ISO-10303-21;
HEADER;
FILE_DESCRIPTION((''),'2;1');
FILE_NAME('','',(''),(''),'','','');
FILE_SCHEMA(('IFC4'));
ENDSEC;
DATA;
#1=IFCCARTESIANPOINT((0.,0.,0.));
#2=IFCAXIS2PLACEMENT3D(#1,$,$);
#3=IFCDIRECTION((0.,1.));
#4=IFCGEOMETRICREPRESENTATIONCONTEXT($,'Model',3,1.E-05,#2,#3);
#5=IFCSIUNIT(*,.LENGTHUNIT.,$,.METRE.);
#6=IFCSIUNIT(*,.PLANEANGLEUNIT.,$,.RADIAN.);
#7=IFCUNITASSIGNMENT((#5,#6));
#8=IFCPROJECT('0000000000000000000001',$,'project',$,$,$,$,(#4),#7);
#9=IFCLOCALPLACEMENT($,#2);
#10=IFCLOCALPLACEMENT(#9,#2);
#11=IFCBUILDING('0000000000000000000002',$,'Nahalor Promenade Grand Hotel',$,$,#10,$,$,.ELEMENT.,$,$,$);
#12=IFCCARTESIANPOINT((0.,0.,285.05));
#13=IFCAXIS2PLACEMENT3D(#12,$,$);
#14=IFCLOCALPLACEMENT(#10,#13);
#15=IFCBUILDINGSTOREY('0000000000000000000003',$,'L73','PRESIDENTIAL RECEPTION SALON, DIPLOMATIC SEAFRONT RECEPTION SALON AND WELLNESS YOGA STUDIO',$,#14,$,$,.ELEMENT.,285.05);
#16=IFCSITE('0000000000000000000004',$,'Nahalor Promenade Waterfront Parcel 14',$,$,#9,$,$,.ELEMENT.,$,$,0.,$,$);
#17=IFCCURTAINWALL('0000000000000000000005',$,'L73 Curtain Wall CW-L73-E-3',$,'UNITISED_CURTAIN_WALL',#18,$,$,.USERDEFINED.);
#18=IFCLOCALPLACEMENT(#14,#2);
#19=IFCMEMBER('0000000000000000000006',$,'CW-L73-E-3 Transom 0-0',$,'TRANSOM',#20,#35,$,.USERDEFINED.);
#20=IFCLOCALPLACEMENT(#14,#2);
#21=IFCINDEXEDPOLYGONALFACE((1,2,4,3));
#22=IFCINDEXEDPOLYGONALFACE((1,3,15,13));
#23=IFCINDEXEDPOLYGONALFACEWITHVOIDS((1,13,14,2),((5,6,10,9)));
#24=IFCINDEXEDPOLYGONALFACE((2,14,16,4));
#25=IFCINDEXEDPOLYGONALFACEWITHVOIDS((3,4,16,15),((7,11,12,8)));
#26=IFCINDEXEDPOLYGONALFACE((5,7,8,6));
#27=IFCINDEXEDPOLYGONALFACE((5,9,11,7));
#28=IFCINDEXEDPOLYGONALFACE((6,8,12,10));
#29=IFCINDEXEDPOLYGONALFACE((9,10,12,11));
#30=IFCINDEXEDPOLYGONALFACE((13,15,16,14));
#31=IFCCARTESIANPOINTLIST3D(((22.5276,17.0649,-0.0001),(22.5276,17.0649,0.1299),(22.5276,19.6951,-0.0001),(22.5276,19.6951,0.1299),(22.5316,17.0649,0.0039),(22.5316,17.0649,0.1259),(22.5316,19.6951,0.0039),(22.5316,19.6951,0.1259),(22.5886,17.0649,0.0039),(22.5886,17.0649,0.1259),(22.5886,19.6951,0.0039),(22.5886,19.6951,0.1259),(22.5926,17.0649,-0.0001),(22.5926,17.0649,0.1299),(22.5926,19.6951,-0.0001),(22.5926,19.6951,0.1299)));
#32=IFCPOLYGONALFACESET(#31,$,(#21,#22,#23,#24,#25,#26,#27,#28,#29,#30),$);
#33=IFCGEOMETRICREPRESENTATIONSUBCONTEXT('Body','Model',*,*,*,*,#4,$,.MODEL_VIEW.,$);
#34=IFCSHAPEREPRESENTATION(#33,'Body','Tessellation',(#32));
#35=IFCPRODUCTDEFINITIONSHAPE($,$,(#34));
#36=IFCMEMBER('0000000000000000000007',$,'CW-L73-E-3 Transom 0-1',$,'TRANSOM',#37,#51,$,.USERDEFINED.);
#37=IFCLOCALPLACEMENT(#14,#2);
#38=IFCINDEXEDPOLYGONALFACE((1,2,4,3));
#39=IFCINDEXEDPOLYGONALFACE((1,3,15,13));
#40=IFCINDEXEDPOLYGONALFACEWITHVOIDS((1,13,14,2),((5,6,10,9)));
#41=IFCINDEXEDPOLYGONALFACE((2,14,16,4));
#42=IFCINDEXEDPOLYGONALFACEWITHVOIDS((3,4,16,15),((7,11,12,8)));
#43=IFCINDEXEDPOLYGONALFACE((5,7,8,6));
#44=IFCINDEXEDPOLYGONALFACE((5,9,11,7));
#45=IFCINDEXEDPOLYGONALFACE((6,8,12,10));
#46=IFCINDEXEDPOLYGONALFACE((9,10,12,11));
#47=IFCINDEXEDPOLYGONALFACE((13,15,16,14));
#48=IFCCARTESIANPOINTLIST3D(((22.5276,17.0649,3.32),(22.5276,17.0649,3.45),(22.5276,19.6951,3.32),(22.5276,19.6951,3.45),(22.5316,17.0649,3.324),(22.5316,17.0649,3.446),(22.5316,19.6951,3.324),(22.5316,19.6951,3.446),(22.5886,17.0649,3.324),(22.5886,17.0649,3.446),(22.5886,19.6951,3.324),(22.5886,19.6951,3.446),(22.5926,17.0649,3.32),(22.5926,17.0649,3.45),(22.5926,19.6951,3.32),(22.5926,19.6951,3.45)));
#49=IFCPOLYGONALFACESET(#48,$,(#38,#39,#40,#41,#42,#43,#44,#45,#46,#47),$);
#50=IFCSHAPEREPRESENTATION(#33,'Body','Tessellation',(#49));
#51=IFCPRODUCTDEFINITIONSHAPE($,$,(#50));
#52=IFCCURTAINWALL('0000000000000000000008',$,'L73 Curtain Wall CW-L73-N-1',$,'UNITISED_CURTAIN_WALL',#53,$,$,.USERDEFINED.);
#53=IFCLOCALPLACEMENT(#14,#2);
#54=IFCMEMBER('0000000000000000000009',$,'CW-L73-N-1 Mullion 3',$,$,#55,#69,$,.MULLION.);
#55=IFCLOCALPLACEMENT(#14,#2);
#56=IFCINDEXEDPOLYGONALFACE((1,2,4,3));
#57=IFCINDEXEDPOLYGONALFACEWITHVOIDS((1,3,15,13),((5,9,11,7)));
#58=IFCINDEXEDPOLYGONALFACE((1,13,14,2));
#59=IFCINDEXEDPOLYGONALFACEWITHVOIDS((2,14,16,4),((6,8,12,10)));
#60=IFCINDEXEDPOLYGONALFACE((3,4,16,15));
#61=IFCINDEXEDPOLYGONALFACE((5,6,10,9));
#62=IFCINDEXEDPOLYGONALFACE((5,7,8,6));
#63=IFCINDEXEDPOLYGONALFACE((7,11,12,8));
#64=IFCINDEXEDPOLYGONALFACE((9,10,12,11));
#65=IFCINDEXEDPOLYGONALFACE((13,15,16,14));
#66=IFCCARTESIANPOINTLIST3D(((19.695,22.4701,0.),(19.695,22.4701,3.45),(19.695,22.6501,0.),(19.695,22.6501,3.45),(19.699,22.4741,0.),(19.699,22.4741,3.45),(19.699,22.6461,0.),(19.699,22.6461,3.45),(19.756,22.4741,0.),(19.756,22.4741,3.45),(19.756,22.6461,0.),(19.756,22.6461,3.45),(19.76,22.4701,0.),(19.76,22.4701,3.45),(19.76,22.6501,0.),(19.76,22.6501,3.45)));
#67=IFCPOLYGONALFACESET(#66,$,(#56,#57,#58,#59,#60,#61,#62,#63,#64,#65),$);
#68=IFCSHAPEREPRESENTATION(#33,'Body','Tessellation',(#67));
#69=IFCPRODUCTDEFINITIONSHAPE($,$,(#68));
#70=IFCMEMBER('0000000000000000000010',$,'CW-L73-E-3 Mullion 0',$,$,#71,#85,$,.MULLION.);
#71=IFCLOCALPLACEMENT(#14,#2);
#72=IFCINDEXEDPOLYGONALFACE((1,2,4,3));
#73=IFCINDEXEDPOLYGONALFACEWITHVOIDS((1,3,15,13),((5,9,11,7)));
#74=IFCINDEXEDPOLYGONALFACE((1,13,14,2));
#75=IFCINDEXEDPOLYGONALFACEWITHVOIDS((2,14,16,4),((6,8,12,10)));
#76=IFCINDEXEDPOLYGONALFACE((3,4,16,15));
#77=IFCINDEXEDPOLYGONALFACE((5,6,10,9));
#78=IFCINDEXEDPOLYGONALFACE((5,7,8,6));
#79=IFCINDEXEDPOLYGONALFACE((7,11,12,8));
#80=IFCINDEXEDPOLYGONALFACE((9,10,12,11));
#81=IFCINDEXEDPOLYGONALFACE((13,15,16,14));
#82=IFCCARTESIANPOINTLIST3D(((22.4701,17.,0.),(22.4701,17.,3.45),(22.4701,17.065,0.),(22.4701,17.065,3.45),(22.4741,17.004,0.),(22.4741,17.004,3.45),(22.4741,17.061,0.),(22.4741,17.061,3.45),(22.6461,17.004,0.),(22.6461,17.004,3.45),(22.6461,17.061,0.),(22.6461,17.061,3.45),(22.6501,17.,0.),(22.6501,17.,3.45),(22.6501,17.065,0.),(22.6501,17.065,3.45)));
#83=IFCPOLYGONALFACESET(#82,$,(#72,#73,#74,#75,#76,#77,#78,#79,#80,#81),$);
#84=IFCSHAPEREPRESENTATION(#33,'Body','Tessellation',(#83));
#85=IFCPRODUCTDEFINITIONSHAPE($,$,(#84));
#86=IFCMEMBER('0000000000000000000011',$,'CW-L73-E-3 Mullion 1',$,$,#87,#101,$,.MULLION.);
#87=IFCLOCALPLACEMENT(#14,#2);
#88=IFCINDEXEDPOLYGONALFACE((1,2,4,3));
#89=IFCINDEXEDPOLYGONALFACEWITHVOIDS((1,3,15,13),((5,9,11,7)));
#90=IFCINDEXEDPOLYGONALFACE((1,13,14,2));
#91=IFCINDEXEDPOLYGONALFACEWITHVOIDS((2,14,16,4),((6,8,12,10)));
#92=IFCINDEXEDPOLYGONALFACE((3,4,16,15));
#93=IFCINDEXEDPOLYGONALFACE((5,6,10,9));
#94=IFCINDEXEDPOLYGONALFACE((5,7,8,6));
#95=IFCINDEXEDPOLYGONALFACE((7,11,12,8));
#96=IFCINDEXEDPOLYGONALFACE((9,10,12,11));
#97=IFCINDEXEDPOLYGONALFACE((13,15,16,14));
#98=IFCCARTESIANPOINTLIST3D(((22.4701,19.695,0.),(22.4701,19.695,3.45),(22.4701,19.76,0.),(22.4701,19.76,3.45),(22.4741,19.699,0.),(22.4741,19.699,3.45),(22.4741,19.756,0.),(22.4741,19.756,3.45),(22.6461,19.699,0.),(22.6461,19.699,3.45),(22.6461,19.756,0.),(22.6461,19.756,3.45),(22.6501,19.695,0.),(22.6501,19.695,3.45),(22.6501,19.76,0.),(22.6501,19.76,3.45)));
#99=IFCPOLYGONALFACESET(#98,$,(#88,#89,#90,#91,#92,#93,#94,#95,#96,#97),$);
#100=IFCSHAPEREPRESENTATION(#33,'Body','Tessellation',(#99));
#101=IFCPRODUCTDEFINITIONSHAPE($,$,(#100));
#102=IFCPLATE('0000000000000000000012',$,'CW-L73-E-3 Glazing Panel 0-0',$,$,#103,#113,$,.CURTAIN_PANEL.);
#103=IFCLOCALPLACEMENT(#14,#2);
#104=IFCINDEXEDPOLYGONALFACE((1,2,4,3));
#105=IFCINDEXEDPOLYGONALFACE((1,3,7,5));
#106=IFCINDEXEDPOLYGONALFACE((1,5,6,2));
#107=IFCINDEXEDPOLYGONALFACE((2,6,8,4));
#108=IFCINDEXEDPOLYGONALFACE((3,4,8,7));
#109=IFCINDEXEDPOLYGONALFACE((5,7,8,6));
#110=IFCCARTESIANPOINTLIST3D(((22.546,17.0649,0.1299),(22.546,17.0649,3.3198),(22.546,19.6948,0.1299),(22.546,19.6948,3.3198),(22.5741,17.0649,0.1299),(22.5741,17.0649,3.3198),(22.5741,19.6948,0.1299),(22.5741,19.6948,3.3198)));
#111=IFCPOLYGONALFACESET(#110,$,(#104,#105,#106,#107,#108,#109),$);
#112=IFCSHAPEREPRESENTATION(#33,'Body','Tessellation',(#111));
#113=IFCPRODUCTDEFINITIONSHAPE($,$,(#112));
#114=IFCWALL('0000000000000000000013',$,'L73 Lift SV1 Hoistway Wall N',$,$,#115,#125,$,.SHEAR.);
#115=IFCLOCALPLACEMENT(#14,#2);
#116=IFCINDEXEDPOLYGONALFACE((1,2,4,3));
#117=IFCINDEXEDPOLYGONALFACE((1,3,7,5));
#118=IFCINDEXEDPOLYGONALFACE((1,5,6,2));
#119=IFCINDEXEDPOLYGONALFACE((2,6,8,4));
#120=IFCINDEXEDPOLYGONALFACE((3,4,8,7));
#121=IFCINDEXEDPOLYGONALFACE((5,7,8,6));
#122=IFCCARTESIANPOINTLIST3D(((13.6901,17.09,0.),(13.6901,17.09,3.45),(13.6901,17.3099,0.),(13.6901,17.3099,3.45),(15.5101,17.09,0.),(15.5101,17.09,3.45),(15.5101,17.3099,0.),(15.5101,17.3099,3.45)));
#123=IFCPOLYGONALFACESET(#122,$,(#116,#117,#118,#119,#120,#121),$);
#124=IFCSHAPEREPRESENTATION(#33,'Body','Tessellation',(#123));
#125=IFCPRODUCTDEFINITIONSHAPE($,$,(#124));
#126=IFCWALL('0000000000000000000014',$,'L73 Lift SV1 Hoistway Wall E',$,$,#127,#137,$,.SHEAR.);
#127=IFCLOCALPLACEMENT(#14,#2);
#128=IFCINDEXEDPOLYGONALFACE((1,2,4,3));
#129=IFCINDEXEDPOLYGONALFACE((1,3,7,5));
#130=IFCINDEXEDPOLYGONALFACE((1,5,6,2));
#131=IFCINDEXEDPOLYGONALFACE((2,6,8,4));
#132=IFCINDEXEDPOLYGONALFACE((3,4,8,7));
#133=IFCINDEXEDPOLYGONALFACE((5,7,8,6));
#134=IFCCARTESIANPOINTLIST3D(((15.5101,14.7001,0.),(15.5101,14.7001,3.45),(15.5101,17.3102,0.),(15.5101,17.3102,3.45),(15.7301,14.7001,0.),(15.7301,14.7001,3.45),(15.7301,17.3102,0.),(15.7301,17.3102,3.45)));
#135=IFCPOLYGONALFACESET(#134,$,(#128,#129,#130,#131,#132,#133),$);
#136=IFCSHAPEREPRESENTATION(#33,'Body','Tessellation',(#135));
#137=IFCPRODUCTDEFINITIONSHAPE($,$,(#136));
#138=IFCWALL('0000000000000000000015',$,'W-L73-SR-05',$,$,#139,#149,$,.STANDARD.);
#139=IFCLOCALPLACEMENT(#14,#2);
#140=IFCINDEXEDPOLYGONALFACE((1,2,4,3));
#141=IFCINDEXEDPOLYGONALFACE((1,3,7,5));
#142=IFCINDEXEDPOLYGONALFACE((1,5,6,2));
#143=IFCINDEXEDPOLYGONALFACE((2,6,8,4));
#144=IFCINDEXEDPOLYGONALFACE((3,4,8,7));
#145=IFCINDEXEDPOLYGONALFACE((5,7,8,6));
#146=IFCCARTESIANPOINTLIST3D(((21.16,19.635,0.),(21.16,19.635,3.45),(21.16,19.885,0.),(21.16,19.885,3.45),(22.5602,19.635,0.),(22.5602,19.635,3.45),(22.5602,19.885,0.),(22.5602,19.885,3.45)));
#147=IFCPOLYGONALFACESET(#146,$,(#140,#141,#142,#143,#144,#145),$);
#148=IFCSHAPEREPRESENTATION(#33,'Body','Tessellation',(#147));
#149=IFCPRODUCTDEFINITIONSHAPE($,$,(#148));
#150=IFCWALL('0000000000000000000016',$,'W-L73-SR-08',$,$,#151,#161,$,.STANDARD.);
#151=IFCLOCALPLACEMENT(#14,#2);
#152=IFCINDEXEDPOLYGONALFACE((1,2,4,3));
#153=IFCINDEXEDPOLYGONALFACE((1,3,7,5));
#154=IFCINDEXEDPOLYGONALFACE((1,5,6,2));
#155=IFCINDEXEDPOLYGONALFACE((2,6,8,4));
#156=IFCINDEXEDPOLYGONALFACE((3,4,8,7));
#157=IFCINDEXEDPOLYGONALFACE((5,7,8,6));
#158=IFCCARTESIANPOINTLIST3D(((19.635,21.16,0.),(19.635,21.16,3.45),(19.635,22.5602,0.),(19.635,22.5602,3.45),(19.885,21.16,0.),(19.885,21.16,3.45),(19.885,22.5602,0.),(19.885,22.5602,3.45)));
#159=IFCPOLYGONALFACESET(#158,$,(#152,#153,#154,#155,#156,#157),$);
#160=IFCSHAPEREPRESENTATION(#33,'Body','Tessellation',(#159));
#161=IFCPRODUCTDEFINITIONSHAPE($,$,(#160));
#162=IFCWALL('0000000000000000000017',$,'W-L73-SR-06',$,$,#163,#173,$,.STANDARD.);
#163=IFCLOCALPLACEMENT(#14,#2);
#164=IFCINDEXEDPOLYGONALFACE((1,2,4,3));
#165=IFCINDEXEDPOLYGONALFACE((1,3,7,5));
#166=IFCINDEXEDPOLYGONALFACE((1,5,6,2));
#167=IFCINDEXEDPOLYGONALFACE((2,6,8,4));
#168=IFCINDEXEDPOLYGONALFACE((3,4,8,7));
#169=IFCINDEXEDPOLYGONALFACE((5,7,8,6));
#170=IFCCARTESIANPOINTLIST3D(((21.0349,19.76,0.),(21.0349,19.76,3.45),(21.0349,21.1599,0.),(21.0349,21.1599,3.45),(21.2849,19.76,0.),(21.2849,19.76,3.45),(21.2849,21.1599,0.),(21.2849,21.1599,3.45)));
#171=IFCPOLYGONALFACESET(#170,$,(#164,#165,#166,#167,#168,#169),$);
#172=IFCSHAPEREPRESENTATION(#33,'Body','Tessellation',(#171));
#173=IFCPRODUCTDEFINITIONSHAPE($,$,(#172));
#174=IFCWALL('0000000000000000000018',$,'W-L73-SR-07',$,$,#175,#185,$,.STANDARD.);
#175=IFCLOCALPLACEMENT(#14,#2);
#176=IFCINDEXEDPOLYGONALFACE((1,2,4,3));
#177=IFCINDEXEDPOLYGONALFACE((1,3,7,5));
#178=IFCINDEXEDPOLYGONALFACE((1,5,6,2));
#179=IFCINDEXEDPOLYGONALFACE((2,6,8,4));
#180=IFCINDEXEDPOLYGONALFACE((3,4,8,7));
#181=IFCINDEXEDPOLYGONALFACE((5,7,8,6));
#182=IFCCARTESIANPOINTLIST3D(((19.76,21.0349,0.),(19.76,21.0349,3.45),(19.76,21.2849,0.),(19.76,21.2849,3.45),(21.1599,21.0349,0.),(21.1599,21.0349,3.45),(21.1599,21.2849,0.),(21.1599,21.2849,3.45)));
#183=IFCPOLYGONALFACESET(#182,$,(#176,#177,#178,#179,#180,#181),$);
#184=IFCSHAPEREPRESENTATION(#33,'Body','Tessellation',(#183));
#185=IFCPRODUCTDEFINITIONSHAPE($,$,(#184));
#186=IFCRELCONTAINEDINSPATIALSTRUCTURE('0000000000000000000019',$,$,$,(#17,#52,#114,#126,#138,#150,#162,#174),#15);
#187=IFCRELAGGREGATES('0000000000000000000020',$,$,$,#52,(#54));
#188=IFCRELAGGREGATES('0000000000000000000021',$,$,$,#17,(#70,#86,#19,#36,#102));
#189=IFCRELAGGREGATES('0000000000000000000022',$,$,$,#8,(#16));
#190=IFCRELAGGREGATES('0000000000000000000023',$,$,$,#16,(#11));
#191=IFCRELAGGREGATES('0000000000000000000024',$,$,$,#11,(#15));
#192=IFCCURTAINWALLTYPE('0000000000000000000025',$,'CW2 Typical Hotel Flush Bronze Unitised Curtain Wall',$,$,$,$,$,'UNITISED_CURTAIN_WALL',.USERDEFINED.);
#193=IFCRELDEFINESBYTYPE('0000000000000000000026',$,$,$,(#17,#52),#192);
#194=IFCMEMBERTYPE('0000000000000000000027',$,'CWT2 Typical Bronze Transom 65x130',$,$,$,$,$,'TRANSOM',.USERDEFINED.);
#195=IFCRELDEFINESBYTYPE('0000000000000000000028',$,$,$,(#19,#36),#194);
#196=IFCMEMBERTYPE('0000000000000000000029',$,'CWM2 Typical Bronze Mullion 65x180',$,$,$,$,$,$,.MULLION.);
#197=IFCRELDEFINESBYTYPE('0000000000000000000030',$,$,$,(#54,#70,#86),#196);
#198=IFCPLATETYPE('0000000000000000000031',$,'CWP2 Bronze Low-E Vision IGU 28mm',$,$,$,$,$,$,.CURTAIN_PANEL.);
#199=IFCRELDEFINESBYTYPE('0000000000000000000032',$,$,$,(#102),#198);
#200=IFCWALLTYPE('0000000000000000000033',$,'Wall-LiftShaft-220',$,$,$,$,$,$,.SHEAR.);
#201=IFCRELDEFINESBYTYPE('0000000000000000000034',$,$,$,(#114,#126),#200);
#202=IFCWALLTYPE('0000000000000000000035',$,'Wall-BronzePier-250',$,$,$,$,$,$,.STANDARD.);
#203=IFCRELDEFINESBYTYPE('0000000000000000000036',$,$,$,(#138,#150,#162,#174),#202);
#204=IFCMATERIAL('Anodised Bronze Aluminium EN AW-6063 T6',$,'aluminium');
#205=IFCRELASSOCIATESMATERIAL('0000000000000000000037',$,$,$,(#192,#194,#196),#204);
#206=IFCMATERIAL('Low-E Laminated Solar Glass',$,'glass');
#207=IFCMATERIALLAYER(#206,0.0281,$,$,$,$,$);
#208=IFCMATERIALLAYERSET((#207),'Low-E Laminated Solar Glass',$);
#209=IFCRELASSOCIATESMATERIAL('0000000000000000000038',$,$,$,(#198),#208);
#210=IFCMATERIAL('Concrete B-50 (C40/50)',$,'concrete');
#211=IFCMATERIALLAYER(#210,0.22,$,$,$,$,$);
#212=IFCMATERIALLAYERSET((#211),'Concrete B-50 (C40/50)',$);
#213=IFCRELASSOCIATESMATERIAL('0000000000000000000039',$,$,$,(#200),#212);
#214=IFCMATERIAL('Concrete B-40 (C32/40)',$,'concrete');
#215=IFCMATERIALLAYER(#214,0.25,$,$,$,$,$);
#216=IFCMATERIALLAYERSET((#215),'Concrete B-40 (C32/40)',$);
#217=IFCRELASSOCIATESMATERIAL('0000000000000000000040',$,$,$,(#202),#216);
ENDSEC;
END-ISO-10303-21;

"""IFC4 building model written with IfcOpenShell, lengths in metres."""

from ifc_helpers import new_model, si_unit, direction, frame, frame_2d, origin, origin_2d, place, context, subcontext, project, spatial, rectangle, hollow_rectangle, extrude, source, transform, mapped, material, layer, layer_set, material_profile, profile_set, type_object, element, aggregate, save


model = new_model("IFC4")

# Units and contexts
model_context = context("Model", 3, precision=1e-05, world=origin(), true_north=direction((0.0, 1.0)))
body_context = subcontext(model_context, "Body", "Model", "MODEL_VIEW")
ifc_project = project(units=[si_unit("LENGTHUNIT", "METRE"), si_unit("PLANEANGLEUNIT", "RADIAN")], contexts=[model_context])

# Site, building, storey
site_placement = place(None, origin())
site = spatial("IfcSite", under=ifc_project, at=site_placement, Name="Nahalor Promenade Waterfront Parcel 14", CompositionType="ELEMENT", RefElevation=0.0)
building_placement = place(site_placement, origin())
building = spatial("IfcBuilding", under=site, at=building_placement, Name="Nahalor Promenade Grand Hotel", CompositionType="ELEMENT")
storey_placement = place(building_placement, frame((0.0, 0.0, 285.05)))
storey = spatial("IfcBuildingStorey", under=building, at=storey_placement, Name="L73", Description="PRESIDENTIAL RECEPTION SALON, DIPLOMATIC SEAFRONT RECEPTION SALON AND WELLNESS YOGA STUDIO", CompositionType="ELEMENT", Elevation=285.05)

# Shared definitions
ifc_material_1 = material(Name="Concrete B-50 (C40/50)", Category="concrete")

# Curtain wall, members
ifc_material_2 = material(Name="Anodised Bronze Aluminium EN AW-6063 T6", Category="aluminium")
curtain_wall_type = type_object("IfcCurtainWallType", Name="CW2 Typical Hotel Flush Bronze Unitised Curtain Wall", ElementType="UNITISED_CURTAIN_WALL", PredefinedType="USERDEFINED", material=ifc_material_2)
curtain_wall_1_placement = place(storey_placement, origin())
curtain_wall_1 = element("IfcCurtainWall", 1, at=curtain_wall_1_placement, inside=storey, type_object=curtain_wall_type, Name="L73 Curtain Wall CW-L73-E-3", ObjectType="UNITISED_CURTAIN_WALL", PredefinedType="USERDEFINED")
ifc_material_profile_1 = material_profile(ifc_material_2, hollow_rectangle(XDim=0.065, YDim=0.13, WallThickness=0.004, at=origin_2d()), Name="CWT 65x130x4")
ifc_profile_set_1 = profile_set([ifc_material_profile_1], Name="Anodised Bronze Aluminium EN AW-6063 T6")
member_type_1 = type_object("IfcMemberType", Name="CWT2 Typical Bronze Transom 65x130", ElementType="TRANSOM", PredefinedType="USERDEFINED", material=ifc_profile_set_1)
shared_shape_1 = source(origin(), body_context, "Body", "SweptSolid", [
    extrude(hollow_rectangle(XDim=0.065, YDim=0.13, WallThickness=0.004, at=origin_2d()), origin(), (0.0, 0.0, 1.0), 2.6301),
])
member_1_placement = place(storey_placement, frame((22.5601, 17.0649, 0.0649), z_axis=(0.0, 1.0, 0.0), x_axis=(-1.0, 0.0, 0.0)))
member_1 = element("IfcMember", 2, at=member_1_placement, type_object=member_type_1, Name="CW-L73-E-3 Transom 0-0", ObjectType="TRANSOM", PredefinedType="USERDEFINED", context=body_context, shape_type="MappedRepresentation", body=[
    mapped(shared_shape_1, transform((0.0, 0.0, 0.0), scale=1.0)),
])
member_2_placement = place(storey_placement, frame((22.5601, 17.0649, 3.385), z_axis=(0.0, 1.0, 0.0), x_axis=(-1.0, 0.0, 0.0)))
member_2 = element("IfcMember", 3, at=member_2_placement, type_object=member_type_1, Name="CW-L73-E-3 Transom 0-1", ObjectType="TRANSOM", PredefinedType="USERDEFINED", context=body_context, shape_type="MappedRepresentation", body=[
    mapped(shared_shape_1, transform((0.0, 0.0, 0.0), scale=1.0)),
])

# Curtain wall, member
curtain_wall_2_placement = place(storey_placement, origin())
curtain_wall_2 = element("IfcCurtainWall", 4, at=curtain_wall_2_placement, inside=storey, type_object=curtain_wall_type, Name="L73 Curtain Wall CW-L73-N-1", ObjectType="UNITISED_CURTAIN_WALL", PredefinedType="USERDEFINED")
ifc_material_profile_2 = material_profile(ifc_material_2, hollow_rectangle(XDim=0.065, YDim=0.18, WallThickness=0.004, at=origin_2d()), Name="CWM 65x180x4")
ifc_profile_set_2 = profile_set([ifc_material_profile_2], Name="Anodised Bronze Aluminium EN AW-6063 T6")
member_type_2 = type_object("IfcMemberType", Name="CWM2 Typical Bronze Mullion 65x180", PredefinedType="MULLION", material=ifc_profile_set_2)
shared_shape_2 = source(origin(), body_context, "Body", "SweptSolid", [
    extrude(hollow_rectangle(XDim=0.065, YDim=0.18, WallThickness=0.004, at=origin_2d()), origin(), (0.0, 0.0, 1.0), 3.45),
])
member_3_placement = place(storey_placement, frame((19.7275, 22.5601, 0.0), z_axis=(0.0, 0.0, 1.0), x_axis=(1.0, 0.0, 0.0)))
member_3 = element("IfcMember", 5, at=member_3_placement, type_object=member_type_2, Name="CW-L73-N-1 Mullion 3", PredefinedType="MULLION", context=body_context, shape_type="MappedRepresentation", body=[
    mapped(shared_shape_2, transform((0.0, 0.0, 0.0), scale=1.0)),
])
aggregate(curtain_wall_2, [member_3])

# Members
member_4_placement = place(storey_placement, frame((22.5601, 17.0325, 0.0), z_axis=(0.0, 0.0, 1.0), x_axis=(0.0, 1.0, 0.0)))
member_4 = element("IfcMember", 6, at=member_4_placement, type_object=member_type_2, Name="CW-L73-E-3 Mullion 0", PredefinedType="MULLION", context=body_context, shape_type="MappedRepresentation", body=[
    mapped(shared_shape_2, transform((0.0, 0.0, 0.0), scale=1.0)),
])
member_5_placement = place(storey_placement, frame((22.5601, 19.7275, 0.0), z_axis=(0.0, 0.0, 1.0), x_axis=(0.0, 1.0, 0.0)))
member_5 = element("IfcMember", 7, at=member_5_placement, type_object=member_type_2, Name="CW-L73-E-3 Mullion 1", PredefinedType="MULLION", context=body_context, shape_type="MappedRepresentation", body=[
    mapped(shared_shape_2, transform((0.0, 0.0, 0.0), scale=1.0)),
])

# Plate
ifc_material_3 = material(Name="Low-E Laminated Solar Glass", Category="glass")
ifc_layer_1 = layer(ifc_material_3, 0.0281)
ifc_layer_set_1 = layer_set([ifc_layer_1], Name="Low-E Laminated Solar Glass")
plate_type = type_object("IfcPlateType", Name="CWP2 Bronze Low-E Vision IGU 28mm", PredefinedType="CURTAIN_PANEL", material=ifc_layer_set_1)
shared_shape_3 = source(origin(), body_context, "Body", "SweptSolid", [
    extrude(rectangle(XDim=2.6299, YDim=0.0281, at=origin_2d()), origin(), (0.0, 0.0, 1.0), 3.1899),
])
plate_placement = place(storey_placement, frame((22.5601, 18.3799, 0.1299), z_axis=(0.0, 0.0, 1.0), x_axis=(0.0, 1.0, 0.0)))
plate = element("IfcPlate", 8, at=plate_placement, type_object=plate_type, Name="CW-L73-E-3 Glazing Panel 0-0", PredefinedType="CURTAIN_PANEL", context=body_context, shape_type="MappedRepresentation", body=[
    mapped(shared_shape_3, transform((0.0, 0.0, 0.0), scale=1.0)),
])
aggregate(curtain_wall_1, [member_4, member_5, member_1, member_2, plate])

# Walls
ifc_layer_2 = layer(ifc_material_1, 0.22)
ifc_layer_set_2 = layer_set([ifc_layer_2], Name="Concrete B-50 (C40/50)")
wall_type_1 = type_object("IfcWallType", Name="Wall-LiftShaft-220", PredefinedType="SHEAR", material=ifc_layer_set_2)
shared_shape_4 = source(origin(), body_context, "Body", "SweptSolid", [
    extrude(rectangle(XDim=1.8201, YDim=0.22, at=frame_2d((0.9102, 0.0))), origin(), (0.0, 0.0, 1.0), 3.45),
])
wall_1_placement = place(storey_placement, frame((13.6899, 17.2, 0.0), z_axis=(0.0, 0.0, 1.0), x_axis=(1.0, 0.0, 0.0)))
element("IfcWall", 9, at=wall_1_placement, inside=storey, type_object=wall_type_1, Name="L73 Lift SV1 Hoistway Wall N", PredefinedType="SHEAR", context=body_context, shape_type="MappedRepresentation", body=[
    mapped(shared_shape_4, transform((0.0, 0.0, 0.0), scale=1.0)),
])
shared_shape_5 = source(origin(), body_context, "Body", "SweptSolid", [
    extrude(rectangle(XDim=2.6101, YDim=0.22, at=frame_2d((1.3052, 0.0))), origin(), (0.0, 0.0, 1.0), 3.45),
])
wall_2_placement = place(storey_placement, frame((15.6201, 14.7, 0.0), z_axis=(0.0, 0.0, 1.0), x_axis=(0.0, 1.0, 0.0)))
element("IfcWall", 10, at=wall_2_placement, inside=storey, type_object=wall_type_1, Name="L73 Lift SV1 Hoistway Wall E", PredefinedType="SHEAR", context=body_context, shape_type="MappedRepresentation", body=[
    mapped(shared_shape_5, transform((0.0, 0.0, 0.0), scale=1.0)),
])
ifc_material_4 = material(Name="Concrete B-40 (C32/40)", Category="concrete")
ifc_layer_3 = layer(ifc_material_4, 0.25)
ifc_layer_set_3 = layer_set([ifc_layer_3], Name="Concrete B-40 (C32/40)")
wall_type_2 = type_object("IfcWallType", Name="Wall-BronzePier-250", PredefinedType="STANDARD", material=ifc_layer_set_3)
shared_shape_6 = source(origin(), body_context, "Body", "SweptSolid", [
    extrude(rectangle(XDim=1.4001, YDim=0.25, at=frame_2d((0.7002, 0.0))), origin(), (0.0, 0.0, 1.0), 3.45),
])
for number, where, z_axis, x_axis, name in (
    (11, (21.1599, 19.76, 0.0), (0.0, 0.0, 1.0), (1.0, 0.0, 0.0), "W-L73-SR-05"),
    (12, (19.76, 21.1599, 0.0), (0.0, 0.0, 1.0), (0.0, 1.0, 0.0), "W-L73-SR-08"),
):
    element("IfcWall", number, at=place(storey_placement, frame(where, z_axis=z_axis, x_axis=x_axis)), inside=storey, type_object=wall_type_2, Name=name, PredefinedType="STANDARD", context=body_context, shape_type="MappedRepresentation", body=[
        mapped(shared_shape_6, transform((0.0, 0.0, 0.0), scale=1.0)),
    ])
shared_shape_7 = source(origin(), body_context, "Body", "SweptSolid", [
    extrude(rectangle(XDim=1.3999, YDim=0.25, at=frame_2d((0.7, 0.0))), origin(), (0.0, 0.0, 1.0), 3.45),
])
for number, where, z_axis, x_axis, name in (
    (13, (21.1599, 19.76, 0.0), (0.0, 0.0, 1.0), (0.0, 1.0, 0.0), "W-L73-SR-06"),
    (14, (19.76, 21.1599, 0.0), (0.0, 0.0, 1.0), (1.0, 0.0, 0.0), "W-L73-SR-07"),
):
    element("IfcWall", number, at=place(storey_placement, frame(where, z_axis=z_axis, x_axis=x_axis)), inside=storey, type_object=wall_type_2, Name=name, PredefinedType="STANDARD", context=body_context, shape_type="MappedRepresentation", body=[
        mapped(shared_shape_7, transform((0.0, 0.0, 0.0), scale=1.0)),
    ])

save(model, "model.ifc")
